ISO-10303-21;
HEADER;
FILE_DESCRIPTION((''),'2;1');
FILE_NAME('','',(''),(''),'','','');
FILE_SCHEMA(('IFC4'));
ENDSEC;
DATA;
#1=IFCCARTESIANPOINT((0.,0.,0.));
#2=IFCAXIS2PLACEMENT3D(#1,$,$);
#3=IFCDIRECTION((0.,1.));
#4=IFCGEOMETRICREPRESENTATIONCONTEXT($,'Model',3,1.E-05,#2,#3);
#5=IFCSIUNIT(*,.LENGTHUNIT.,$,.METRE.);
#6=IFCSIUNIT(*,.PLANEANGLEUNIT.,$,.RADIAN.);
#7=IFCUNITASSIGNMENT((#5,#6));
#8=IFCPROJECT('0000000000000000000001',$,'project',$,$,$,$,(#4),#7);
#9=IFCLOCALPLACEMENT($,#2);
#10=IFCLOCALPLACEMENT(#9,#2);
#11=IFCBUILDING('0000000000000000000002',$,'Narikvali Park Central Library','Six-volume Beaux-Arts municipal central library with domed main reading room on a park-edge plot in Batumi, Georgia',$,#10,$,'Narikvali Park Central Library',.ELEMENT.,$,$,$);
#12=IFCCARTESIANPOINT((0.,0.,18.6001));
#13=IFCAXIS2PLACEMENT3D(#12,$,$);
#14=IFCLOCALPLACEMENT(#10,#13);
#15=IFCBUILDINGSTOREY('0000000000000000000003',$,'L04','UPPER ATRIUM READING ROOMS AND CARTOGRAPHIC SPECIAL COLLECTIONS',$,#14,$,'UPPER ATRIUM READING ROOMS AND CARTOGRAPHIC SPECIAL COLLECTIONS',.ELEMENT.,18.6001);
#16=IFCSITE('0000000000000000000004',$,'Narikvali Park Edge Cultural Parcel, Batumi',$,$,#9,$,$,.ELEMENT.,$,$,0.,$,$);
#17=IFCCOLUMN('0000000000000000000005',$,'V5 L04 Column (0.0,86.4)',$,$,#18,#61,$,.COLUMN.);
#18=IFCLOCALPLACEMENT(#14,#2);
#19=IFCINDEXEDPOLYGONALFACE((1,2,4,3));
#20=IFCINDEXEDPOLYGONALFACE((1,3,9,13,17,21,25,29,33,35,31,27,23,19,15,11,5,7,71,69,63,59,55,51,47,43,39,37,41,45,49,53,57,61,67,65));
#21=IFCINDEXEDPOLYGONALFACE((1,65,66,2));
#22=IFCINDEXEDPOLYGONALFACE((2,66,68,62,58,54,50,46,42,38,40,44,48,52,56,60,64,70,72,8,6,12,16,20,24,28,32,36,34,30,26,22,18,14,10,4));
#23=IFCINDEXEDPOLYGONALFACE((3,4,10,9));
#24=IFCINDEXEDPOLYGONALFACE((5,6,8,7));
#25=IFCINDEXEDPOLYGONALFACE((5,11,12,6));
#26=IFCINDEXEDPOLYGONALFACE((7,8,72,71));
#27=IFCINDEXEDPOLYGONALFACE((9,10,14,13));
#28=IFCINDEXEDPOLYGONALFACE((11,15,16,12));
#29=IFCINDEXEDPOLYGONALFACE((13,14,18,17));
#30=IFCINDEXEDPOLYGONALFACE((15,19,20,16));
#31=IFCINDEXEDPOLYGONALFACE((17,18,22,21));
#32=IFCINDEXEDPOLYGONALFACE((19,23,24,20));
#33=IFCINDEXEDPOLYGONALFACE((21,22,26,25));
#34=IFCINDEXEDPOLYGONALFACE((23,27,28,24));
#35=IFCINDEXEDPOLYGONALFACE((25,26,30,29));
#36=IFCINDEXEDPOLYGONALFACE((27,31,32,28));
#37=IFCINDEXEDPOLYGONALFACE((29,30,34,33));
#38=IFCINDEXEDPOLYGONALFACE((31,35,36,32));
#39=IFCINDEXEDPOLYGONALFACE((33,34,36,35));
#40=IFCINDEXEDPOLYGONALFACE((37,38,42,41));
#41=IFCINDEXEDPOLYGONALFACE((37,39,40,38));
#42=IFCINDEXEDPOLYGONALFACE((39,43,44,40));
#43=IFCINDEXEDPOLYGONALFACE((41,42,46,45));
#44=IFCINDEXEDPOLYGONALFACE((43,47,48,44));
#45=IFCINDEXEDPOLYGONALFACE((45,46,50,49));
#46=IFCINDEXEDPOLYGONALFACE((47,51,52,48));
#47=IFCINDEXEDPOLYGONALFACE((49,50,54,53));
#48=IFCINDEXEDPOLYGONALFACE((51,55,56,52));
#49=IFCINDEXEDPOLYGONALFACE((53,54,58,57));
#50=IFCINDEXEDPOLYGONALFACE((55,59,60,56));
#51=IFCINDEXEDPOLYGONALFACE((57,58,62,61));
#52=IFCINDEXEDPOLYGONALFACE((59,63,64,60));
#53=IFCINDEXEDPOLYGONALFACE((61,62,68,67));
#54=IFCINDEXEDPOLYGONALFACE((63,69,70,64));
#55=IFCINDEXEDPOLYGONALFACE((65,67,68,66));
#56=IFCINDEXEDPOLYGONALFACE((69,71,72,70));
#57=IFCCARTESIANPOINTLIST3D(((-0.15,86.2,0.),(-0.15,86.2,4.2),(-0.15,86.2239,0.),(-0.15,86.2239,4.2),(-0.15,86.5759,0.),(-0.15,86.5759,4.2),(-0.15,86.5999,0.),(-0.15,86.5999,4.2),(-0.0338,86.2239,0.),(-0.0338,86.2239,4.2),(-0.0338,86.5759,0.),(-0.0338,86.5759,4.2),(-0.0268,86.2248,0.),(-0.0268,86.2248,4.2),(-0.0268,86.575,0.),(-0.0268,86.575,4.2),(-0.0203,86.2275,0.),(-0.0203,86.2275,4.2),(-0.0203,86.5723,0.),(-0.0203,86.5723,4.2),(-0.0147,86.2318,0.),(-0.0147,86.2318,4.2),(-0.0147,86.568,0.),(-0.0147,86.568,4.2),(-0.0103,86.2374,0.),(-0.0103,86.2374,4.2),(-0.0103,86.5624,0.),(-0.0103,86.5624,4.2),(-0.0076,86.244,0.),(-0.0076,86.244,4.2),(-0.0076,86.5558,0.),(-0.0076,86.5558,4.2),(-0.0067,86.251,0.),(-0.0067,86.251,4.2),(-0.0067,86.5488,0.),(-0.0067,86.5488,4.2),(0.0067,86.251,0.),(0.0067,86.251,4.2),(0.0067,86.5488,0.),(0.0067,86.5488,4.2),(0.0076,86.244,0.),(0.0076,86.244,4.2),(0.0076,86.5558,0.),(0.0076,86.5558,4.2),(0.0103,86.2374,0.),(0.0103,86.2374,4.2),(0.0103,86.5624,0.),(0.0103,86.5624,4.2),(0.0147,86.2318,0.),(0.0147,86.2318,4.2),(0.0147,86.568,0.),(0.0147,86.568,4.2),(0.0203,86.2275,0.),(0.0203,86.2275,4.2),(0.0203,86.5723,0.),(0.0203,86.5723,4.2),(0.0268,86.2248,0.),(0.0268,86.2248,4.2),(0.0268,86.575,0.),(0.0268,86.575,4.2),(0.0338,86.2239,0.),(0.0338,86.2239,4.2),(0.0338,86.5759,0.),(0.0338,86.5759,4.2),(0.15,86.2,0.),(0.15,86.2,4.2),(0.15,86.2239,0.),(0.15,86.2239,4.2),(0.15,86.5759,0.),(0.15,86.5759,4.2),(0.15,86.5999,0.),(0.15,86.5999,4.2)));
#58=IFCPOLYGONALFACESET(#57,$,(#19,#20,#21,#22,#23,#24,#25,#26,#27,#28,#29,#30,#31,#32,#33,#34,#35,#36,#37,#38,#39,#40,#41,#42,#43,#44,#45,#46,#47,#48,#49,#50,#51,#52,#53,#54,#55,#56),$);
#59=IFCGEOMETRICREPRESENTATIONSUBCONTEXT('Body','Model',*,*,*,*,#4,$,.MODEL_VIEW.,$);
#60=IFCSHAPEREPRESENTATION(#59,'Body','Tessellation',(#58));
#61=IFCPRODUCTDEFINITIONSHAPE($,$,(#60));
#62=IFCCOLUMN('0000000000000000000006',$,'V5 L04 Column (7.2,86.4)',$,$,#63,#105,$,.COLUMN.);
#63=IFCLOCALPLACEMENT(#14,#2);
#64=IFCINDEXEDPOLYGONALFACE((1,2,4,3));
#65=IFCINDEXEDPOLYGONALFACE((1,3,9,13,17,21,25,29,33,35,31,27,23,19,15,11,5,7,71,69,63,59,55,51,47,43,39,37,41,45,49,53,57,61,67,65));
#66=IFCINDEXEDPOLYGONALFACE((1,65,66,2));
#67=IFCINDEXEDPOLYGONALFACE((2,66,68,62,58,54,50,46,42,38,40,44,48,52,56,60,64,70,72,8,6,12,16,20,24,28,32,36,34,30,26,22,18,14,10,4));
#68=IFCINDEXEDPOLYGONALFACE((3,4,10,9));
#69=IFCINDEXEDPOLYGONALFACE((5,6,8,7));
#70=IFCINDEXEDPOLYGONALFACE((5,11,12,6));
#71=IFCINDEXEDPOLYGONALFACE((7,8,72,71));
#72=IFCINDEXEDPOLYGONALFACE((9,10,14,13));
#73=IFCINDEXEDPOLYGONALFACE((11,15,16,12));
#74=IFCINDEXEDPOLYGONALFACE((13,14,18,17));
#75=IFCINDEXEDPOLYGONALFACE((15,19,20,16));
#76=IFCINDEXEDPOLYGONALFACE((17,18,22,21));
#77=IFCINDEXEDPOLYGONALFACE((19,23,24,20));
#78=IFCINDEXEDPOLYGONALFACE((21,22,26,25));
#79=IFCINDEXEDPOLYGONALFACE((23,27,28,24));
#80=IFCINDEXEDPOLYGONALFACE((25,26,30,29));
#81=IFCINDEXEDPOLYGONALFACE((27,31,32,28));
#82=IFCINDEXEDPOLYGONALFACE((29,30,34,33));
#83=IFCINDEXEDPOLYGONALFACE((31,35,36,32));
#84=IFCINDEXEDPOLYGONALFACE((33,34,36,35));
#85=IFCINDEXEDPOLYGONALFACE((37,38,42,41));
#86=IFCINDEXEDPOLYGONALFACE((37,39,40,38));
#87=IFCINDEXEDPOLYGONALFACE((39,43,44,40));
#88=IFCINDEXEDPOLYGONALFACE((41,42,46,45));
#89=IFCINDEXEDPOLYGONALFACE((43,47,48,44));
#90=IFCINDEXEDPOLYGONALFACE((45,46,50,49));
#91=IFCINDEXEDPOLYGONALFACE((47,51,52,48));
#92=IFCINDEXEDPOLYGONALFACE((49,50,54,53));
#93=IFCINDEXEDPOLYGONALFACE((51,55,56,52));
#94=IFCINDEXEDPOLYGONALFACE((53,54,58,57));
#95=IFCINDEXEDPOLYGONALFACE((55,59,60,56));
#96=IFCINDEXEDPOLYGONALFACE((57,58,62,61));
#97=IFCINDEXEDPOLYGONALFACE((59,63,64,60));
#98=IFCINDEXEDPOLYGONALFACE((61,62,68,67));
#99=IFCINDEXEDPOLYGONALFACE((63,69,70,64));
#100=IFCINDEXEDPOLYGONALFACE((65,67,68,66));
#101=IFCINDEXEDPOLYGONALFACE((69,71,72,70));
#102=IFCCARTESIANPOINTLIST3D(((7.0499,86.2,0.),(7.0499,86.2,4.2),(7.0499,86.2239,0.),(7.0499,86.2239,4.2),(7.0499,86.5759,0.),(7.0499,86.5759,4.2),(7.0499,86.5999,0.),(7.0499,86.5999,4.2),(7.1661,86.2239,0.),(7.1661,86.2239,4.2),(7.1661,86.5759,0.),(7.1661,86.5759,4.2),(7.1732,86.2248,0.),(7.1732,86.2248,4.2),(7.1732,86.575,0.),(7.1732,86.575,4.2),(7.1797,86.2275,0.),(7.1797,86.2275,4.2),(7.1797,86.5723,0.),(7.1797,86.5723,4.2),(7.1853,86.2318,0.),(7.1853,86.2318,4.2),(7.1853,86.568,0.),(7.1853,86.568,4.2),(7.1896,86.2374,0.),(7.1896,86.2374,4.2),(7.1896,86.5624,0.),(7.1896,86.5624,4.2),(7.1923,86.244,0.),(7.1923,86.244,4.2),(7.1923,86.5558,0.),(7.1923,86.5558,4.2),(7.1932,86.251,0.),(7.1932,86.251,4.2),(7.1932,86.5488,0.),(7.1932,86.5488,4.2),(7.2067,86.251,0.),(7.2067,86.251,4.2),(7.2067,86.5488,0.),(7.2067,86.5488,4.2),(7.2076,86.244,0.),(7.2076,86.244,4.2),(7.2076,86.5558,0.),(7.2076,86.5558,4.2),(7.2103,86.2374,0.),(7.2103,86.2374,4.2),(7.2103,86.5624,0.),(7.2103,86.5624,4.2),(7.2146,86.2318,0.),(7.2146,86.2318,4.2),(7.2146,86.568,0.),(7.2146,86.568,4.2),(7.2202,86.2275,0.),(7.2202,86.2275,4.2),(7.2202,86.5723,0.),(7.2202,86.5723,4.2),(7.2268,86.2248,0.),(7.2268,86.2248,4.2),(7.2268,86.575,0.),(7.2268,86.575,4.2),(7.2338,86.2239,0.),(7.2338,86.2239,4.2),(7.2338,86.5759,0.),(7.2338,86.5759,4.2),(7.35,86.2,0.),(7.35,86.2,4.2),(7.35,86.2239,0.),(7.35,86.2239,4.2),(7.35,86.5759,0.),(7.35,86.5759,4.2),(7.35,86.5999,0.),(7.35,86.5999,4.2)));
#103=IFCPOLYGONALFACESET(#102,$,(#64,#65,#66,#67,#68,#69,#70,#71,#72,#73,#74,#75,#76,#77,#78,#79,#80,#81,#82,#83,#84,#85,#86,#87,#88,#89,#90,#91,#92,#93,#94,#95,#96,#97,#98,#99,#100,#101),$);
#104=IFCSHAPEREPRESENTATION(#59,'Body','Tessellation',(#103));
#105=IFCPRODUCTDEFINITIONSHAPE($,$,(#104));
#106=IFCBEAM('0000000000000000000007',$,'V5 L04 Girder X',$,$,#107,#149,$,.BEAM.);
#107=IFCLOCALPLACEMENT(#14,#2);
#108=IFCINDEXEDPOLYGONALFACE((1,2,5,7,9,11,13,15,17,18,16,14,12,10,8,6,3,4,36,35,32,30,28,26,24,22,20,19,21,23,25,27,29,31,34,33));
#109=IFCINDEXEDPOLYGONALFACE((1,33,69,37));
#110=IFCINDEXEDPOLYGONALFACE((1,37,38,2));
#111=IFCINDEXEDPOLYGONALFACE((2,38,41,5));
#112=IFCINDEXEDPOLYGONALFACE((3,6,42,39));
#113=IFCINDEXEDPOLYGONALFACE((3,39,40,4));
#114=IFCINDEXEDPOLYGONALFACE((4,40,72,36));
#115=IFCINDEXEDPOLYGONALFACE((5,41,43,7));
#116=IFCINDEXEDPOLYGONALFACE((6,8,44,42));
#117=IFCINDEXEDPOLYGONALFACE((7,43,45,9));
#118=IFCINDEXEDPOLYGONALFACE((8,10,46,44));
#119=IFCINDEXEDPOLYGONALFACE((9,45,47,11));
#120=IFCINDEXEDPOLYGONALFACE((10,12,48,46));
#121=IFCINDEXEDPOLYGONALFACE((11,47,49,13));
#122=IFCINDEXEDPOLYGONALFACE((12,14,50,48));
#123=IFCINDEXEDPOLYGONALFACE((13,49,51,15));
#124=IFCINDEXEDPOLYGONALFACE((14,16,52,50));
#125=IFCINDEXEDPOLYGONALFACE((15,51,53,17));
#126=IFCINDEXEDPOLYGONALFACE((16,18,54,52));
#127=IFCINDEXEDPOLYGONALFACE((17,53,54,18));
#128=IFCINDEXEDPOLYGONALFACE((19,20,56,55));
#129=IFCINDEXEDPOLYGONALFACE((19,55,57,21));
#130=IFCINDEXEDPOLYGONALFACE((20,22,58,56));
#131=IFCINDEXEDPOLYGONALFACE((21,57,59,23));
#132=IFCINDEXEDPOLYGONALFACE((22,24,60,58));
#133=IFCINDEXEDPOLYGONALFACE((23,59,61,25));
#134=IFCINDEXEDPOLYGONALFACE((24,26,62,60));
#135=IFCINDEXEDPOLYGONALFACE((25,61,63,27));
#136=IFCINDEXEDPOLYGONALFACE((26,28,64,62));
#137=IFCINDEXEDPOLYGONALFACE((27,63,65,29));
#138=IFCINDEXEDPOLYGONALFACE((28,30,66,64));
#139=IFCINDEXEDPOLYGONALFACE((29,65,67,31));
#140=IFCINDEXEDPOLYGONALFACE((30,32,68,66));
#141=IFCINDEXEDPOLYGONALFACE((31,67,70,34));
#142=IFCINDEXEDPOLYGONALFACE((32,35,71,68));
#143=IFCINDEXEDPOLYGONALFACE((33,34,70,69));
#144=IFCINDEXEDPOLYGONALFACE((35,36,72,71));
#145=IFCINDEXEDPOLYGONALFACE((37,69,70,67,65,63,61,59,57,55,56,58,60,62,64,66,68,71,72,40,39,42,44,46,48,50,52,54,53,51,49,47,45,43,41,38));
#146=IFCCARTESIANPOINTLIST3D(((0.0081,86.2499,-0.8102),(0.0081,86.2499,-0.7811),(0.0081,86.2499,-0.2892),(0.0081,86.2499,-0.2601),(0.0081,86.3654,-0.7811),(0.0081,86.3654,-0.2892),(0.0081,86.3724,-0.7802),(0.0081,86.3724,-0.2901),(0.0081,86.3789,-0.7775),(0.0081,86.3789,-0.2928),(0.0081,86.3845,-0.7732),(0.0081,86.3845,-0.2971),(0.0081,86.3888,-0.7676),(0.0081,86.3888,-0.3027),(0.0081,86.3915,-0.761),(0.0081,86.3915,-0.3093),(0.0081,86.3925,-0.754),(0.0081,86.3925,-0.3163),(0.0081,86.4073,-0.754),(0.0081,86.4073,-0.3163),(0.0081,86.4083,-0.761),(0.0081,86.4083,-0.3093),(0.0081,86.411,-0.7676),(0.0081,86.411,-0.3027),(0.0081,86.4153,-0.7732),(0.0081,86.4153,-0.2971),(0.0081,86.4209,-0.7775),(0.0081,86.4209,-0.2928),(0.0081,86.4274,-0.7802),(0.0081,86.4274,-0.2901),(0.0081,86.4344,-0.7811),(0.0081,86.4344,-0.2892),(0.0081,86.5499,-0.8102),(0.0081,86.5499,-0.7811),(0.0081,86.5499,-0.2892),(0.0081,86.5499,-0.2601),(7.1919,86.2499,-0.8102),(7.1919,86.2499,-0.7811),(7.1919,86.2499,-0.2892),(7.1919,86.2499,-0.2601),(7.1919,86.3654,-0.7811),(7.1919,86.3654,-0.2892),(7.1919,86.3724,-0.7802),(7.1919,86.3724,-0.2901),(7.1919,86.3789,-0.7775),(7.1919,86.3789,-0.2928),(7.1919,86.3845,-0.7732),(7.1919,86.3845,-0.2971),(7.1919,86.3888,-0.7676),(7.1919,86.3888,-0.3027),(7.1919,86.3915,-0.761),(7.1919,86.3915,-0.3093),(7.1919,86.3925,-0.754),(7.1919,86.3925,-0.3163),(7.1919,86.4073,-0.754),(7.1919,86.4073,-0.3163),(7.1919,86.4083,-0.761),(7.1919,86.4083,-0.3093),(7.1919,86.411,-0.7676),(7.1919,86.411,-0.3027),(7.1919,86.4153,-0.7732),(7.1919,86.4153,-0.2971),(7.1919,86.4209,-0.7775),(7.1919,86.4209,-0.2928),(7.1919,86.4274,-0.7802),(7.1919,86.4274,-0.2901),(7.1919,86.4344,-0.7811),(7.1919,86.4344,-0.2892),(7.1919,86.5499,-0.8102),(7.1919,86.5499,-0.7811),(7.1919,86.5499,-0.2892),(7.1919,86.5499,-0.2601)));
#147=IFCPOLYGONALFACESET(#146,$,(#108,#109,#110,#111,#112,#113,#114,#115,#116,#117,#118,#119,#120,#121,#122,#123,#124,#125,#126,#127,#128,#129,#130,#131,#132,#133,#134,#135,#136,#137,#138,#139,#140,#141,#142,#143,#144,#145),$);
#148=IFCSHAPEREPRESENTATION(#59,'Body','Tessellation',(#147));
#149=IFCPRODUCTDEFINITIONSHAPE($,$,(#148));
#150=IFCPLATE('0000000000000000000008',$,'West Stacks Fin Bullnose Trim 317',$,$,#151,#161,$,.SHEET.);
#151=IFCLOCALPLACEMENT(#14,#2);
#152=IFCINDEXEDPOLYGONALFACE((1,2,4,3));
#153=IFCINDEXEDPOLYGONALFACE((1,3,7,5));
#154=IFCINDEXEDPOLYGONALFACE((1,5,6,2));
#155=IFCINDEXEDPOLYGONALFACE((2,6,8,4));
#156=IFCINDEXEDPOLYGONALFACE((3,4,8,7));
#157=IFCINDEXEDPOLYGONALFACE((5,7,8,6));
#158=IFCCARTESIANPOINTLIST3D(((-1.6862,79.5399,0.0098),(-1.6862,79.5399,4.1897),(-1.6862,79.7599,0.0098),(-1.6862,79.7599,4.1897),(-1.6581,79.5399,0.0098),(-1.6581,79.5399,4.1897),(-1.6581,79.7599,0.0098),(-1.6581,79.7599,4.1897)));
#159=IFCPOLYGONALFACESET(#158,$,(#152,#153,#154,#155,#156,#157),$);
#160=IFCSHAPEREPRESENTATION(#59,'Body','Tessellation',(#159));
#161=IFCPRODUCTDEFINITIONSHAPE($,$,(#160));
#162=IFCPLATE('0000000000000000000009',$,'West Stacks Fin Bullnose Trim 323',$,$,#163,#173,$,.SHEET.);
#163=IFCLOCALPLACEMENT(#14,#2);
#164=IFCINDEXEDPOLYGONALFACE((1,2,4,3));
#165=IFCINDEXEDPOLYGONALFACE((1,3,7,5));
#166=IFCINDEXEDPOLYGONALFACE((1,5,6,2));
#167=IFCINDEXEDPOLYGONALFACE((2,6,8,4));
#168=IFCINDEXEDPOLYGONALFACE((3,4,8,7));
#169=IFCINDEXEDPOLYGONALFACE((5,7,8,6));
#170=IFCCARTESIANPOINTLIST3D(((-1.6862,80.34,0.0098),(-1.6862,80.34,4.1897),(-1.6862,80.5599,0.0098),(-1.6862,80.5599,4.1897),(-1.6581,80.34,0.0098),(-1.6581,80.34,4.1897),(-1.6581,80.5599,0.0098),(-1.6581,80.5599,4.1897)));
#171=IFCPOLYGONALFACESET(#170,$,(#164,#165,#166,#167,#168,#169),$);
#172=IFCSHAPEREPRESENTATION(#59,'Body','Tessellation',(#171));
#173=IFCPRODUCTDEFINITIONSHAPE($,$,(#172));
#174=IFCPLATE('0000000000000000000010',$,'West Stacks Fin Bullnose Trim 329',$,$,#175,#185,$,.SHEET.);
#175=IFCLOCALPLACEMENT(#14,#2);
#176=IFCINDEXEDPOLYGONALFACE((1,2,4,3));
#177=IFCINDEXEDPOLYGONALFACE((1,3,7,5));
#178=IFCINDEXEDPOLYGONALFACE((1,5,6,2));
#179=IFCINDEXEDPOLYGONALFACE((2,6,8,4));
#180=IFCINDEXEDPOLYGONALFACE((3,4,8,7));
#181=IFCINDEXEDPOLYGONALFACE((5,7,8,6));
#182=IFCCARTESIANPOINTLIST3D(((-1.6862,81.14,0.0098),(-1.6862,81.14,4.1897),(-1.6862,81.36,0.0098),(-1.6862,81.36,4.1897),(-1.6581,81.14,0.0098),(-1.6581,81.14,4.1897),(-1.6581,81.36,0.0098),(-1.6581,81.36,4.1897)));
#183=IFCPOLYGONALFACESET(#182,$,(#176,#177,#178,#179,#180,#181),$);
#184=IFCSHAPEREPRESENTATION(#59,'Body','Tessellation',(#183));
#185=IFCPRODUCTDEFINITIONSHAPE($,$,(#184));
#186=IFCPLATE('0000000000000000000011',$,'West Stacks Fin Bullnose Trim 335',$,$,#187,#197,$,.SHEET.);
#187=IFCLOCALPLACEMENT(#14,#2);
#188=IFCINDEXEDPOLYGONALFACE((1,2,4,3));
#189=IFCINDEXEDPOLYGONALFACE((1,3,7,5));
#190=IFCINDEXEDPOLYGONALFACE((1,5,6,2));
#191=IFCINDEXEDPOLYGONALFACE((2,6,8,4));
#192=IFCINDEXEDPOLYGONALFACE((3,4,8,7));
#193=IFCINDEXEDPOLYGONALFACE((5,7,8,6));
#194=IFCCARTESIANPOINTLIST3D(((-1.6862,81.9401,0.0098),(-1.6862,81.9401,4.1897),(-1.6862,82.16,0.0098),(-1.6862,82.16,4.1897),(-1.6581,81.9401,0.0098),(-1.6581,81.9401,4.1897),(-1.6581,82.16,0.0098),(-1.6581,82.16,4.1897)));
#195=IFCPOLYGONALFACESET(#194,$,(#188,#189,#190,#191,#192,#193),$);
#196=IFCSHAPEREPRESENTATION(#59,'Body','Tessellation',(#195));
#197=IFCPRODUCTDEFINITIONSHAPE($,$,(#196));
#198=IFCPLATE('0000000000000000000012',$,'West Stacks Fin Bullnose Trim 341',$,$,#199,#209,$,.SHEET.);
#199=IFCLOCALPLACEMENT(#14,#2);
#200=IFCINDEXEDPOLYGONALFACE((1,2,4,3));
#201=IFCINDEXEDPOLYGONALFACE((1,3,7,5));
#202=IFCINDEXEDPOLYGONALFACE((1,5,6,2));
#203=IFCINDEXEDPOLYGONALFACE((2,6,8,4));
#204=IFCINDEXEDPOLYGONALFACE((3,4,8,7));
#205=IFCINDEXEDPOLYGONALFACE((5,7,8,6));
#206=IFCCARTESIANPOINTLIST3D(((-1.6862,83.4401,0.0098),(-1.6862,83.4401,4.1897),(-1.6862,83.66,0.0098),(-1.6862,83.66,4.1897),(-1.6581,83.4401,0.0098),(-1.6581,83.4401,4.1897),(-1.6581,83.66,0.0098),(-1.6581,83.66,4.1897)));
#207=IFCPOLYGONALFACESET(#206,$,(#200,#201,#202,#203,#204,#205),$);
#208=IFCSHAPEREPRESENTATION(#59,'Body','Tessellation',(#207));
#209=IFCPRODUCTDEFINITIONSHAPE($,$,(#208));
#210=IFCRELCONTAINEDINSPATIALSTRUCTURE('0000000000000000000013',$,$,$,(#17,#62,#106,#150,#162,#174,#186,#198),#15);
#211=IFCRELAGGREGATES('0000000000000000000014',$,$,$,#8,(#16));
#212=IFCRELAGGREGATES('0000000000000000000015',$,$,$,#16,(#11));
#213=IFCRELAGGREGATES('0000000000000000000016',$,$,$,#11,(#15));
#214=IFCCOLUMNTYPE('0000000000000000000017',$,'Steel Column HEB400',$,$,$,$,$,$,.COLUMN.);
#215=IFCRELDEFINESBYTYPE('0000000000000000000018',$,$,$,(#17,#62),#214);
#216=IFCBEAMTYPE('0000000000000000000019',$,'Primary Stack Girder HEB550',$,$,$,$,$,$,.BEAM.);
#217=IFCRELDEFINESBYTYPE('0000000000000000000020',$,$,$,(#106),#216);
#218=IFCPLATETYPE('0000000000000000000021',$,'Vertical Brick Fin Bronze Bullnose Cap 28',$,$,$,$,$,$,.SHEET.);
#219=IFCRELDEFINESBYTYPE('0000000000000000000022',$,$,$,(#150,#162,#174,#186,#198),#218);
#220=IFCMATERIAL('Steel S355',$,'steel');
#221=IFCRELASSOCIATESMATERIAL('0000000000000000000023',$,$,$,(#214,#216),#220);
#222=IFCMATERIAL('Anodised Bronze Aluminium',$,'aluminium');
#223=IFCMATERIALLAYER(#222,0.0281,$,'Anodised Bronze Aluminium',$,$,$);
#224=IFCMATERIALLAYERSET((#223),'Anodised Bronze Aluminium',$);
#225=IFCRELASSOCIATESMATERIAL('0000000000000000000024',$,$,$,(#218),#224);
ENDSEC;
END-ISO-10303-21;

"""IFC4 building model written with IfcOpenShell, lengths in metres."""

from ifc_helpers import new_model, si_unit, direction, frame, origin, origin_2d, place, context, subcontext, project, spatial, rectangle, i_section, extrude, material, layer, layer_set, material_profile, profile_set, type_object, element, save


model = new_model("IFC4")

# Units and contexts
model_context = context("Model", 3, precision=1e-05, world=origin(), true_north=direction((0.0, 1.0)))
body_context = subcontext(model_context, "Body", "Model", "MODEL_VIEW")
ifc_project = project(units=[si_unit("LENGTHUNIT", "METRE"), si_unit("PLANEANGLEUNIT", "RADIAN")], contexts=[model_context])

# Site, building, storey
site_placement = place(None, origin())
site = spatial("IfcSite", under=ifc_project, at=site_placement, Name="Narikvali Park Edge Cultural Parcel, Batumi", CompositionType="ELEMENT", RefElevation=0.0)
building_placement = place(site_placement, origin())
building = spatial("IfcBuilding", under=site, at=building_placement, Name="Narikvali Park Central Library", Description="Six-volume Beaux-Arts municipal central library with domed main reading room on a park-edge plot in Batumi, Georgia", LongName="Narikvali Park Central Library", CompositionType="ELEMENT")
storey_placement = place(building_placement, frame((0.0, 0.0, 18.6001)))
storey = spatial("IfcBuildingStorey", under=building, at=storey_placement, Name="L04", Description="UPPER ATRIUM READING ROOMS AND CARTOGRAPHIC SPECIAL COLLECTIONS", LongName="UPPER ATRIUM READING ROOMS AND CARTOGRAPHIC SPECIAL COLLECTIONS", CompositionType="ELEMENT", Elevation=18.6001)

# Columns
ifc_material_1 = material(Name="Steel S355", Category="steel")
ifc_material_profile_1 = material_profile(ifc_material_1, i_section(OverallWidth=0.3, OverallDepth=0.3999, WebThickness=0.0134, FlangeThickness=0.0239, FilletRadius=0.0271, at=origin_2d()), Name="HEB 400")
ifc_profile_set_1 = profile_set([ifc_material_profile_1], Name="Steel S355")
column_type = type_object("IfcColumnType", Name="Steel Column HEB400", PredefinedType="COLUMN", material=ifc_profile_set_1)
for number, where, z_axis, x_axis, name in (
    (1, (0.0, 86.3999, 0.0), (0.0, 0.0, 1.0), (1.0, 0.0, 0.0), "V5 L04 Column (0.0,86.4)"),
    (2, (7.2, 86.3999, 0.0), (0.0, 0.0, 1.0), (1.0, 0.0, 0.0), "V5 L04 Column (7.2,86.4)"),
):
    element("IfcColumn", number, at=place(storey_placement, frame(where, z_axis=z_axis, x_axis=x_axis)), inside=storey, type_object=column_type, Name=name, PredefinedType="COLUMN", context=body_context, shape_type="SweptSolid", body=[
        extrude(i_section(OverallWidth=0.3, OverallDepth=0.3999, WebThickness=0.0134, FlangeThickness=0.0239, FilletRadius=0.0271, at=origin_2d()), origin(), (0.0, 0.0, 1.0), 4.2),
    ])

# Beam
ifc_material_profile_2 = material_profile(ifc_material_1, i_section(OverallWidth=0.3, OverallDepth=0.55, WebThickness=0.0149, FlangeThickness=0.0291, FilletRadius=0.0271, at=origin_2d()), Name="HEB 550")
ifc_profile_set_2 = profile_set([ifc_material_profile_2], Name="Steel S355")
beam_type = type_object("IfcBeamType", Name="Primary Stack Girder HEB550", PredefinedType="BEAM", material=ifc_profile_set_2)
beam_placement = place(storey_placement, frame((0.0081, 86.3999, -0.5352), z_axis=(1.0, 0.0, 0.0), x_axis=(0.0, 1.0, 0.0)))
element("IfcBeam", 3, at=beam_placement, inside=storey, type_object=beam_type, Name="V5 L04 Girder X", PredefinedType="BEAM", context=body_context, shape_type="SweptSolid", body=[
    extrude(i_section(OverallWidth=0.3, OverallDepth=0.55, WebThickness=0.0149, FlangeThickness=0.0291, FilletRadius=0.0271, at=origin_2d()), origin(), (0.0, 0.0, 1.0), 7.1838),
])

# Plates
ifc_material_2 = material(Name="Anodised Bronze Aluminium", Category="aluminium")
ifc_layer_1 = layer(ifc_material_2, 0.0281, Name="Anodised Bronze Aluminium")
ifc_layer_set_1 = layer_set([ifc_layer_1], Name="Anodised Bronze Aluminium")
plate_type = type_object("IfcPlateType", Name="Vertical Brick Fin Bronze Bullnose Cap 28", PredefinedType="SHEET", material=ifc_layer_set_1)
for number, where, z_axis, x_axis, name in (
    (4, (-1.6721, 79.6499, 0.0098), (0.0, 0.0, 1.0), (1.0, 0.0, 0.0), "West Stacks Fin Bullnose Trim 317"),
    (5, (-1.6721, 80.45, 0.0098), (0.0, 0.0, 1.0), (1.0, 0.0, 0.0), "West Stacks Fin Bullnose Trim 323"),
    (6, (-1.6721, 81.25, 0.0098), (0.0, 0.0, 1.0), (1.0, 0.0, 0.0), "West Stacks Fin Bullnose Trim 329"),
    (7, (-1.6721, 82.05, 0.0098), (0.0, 0.0, 1.0), (1.0, 0.0, 0.0), "West Stacks Fin Bullnose Trim 335"),
    (8, (-1.6721, 83.55, 0.0098), (0.0, 0.0, 1.0), (1.0, 0.0, 0.0), "West Stacks Fin Bullnose Trim 341"),
):
    element("IfcPlate", number, at=place(storey_placement, frame(where, z_axis=z_axis, x_axis=x_axis)), inside=storey, type_object=plate_type, Name=name, PredefinedType="SHEET", context=body_context, shape_type="SweptSolid", body=[
        extrude(rectangle(XDim=0.0281, YDim=0.22, at=origin_2d()), origin(), (0.0, 0.0, 1.0), 4.1799),
    ])

save(model, "model.ifc")
